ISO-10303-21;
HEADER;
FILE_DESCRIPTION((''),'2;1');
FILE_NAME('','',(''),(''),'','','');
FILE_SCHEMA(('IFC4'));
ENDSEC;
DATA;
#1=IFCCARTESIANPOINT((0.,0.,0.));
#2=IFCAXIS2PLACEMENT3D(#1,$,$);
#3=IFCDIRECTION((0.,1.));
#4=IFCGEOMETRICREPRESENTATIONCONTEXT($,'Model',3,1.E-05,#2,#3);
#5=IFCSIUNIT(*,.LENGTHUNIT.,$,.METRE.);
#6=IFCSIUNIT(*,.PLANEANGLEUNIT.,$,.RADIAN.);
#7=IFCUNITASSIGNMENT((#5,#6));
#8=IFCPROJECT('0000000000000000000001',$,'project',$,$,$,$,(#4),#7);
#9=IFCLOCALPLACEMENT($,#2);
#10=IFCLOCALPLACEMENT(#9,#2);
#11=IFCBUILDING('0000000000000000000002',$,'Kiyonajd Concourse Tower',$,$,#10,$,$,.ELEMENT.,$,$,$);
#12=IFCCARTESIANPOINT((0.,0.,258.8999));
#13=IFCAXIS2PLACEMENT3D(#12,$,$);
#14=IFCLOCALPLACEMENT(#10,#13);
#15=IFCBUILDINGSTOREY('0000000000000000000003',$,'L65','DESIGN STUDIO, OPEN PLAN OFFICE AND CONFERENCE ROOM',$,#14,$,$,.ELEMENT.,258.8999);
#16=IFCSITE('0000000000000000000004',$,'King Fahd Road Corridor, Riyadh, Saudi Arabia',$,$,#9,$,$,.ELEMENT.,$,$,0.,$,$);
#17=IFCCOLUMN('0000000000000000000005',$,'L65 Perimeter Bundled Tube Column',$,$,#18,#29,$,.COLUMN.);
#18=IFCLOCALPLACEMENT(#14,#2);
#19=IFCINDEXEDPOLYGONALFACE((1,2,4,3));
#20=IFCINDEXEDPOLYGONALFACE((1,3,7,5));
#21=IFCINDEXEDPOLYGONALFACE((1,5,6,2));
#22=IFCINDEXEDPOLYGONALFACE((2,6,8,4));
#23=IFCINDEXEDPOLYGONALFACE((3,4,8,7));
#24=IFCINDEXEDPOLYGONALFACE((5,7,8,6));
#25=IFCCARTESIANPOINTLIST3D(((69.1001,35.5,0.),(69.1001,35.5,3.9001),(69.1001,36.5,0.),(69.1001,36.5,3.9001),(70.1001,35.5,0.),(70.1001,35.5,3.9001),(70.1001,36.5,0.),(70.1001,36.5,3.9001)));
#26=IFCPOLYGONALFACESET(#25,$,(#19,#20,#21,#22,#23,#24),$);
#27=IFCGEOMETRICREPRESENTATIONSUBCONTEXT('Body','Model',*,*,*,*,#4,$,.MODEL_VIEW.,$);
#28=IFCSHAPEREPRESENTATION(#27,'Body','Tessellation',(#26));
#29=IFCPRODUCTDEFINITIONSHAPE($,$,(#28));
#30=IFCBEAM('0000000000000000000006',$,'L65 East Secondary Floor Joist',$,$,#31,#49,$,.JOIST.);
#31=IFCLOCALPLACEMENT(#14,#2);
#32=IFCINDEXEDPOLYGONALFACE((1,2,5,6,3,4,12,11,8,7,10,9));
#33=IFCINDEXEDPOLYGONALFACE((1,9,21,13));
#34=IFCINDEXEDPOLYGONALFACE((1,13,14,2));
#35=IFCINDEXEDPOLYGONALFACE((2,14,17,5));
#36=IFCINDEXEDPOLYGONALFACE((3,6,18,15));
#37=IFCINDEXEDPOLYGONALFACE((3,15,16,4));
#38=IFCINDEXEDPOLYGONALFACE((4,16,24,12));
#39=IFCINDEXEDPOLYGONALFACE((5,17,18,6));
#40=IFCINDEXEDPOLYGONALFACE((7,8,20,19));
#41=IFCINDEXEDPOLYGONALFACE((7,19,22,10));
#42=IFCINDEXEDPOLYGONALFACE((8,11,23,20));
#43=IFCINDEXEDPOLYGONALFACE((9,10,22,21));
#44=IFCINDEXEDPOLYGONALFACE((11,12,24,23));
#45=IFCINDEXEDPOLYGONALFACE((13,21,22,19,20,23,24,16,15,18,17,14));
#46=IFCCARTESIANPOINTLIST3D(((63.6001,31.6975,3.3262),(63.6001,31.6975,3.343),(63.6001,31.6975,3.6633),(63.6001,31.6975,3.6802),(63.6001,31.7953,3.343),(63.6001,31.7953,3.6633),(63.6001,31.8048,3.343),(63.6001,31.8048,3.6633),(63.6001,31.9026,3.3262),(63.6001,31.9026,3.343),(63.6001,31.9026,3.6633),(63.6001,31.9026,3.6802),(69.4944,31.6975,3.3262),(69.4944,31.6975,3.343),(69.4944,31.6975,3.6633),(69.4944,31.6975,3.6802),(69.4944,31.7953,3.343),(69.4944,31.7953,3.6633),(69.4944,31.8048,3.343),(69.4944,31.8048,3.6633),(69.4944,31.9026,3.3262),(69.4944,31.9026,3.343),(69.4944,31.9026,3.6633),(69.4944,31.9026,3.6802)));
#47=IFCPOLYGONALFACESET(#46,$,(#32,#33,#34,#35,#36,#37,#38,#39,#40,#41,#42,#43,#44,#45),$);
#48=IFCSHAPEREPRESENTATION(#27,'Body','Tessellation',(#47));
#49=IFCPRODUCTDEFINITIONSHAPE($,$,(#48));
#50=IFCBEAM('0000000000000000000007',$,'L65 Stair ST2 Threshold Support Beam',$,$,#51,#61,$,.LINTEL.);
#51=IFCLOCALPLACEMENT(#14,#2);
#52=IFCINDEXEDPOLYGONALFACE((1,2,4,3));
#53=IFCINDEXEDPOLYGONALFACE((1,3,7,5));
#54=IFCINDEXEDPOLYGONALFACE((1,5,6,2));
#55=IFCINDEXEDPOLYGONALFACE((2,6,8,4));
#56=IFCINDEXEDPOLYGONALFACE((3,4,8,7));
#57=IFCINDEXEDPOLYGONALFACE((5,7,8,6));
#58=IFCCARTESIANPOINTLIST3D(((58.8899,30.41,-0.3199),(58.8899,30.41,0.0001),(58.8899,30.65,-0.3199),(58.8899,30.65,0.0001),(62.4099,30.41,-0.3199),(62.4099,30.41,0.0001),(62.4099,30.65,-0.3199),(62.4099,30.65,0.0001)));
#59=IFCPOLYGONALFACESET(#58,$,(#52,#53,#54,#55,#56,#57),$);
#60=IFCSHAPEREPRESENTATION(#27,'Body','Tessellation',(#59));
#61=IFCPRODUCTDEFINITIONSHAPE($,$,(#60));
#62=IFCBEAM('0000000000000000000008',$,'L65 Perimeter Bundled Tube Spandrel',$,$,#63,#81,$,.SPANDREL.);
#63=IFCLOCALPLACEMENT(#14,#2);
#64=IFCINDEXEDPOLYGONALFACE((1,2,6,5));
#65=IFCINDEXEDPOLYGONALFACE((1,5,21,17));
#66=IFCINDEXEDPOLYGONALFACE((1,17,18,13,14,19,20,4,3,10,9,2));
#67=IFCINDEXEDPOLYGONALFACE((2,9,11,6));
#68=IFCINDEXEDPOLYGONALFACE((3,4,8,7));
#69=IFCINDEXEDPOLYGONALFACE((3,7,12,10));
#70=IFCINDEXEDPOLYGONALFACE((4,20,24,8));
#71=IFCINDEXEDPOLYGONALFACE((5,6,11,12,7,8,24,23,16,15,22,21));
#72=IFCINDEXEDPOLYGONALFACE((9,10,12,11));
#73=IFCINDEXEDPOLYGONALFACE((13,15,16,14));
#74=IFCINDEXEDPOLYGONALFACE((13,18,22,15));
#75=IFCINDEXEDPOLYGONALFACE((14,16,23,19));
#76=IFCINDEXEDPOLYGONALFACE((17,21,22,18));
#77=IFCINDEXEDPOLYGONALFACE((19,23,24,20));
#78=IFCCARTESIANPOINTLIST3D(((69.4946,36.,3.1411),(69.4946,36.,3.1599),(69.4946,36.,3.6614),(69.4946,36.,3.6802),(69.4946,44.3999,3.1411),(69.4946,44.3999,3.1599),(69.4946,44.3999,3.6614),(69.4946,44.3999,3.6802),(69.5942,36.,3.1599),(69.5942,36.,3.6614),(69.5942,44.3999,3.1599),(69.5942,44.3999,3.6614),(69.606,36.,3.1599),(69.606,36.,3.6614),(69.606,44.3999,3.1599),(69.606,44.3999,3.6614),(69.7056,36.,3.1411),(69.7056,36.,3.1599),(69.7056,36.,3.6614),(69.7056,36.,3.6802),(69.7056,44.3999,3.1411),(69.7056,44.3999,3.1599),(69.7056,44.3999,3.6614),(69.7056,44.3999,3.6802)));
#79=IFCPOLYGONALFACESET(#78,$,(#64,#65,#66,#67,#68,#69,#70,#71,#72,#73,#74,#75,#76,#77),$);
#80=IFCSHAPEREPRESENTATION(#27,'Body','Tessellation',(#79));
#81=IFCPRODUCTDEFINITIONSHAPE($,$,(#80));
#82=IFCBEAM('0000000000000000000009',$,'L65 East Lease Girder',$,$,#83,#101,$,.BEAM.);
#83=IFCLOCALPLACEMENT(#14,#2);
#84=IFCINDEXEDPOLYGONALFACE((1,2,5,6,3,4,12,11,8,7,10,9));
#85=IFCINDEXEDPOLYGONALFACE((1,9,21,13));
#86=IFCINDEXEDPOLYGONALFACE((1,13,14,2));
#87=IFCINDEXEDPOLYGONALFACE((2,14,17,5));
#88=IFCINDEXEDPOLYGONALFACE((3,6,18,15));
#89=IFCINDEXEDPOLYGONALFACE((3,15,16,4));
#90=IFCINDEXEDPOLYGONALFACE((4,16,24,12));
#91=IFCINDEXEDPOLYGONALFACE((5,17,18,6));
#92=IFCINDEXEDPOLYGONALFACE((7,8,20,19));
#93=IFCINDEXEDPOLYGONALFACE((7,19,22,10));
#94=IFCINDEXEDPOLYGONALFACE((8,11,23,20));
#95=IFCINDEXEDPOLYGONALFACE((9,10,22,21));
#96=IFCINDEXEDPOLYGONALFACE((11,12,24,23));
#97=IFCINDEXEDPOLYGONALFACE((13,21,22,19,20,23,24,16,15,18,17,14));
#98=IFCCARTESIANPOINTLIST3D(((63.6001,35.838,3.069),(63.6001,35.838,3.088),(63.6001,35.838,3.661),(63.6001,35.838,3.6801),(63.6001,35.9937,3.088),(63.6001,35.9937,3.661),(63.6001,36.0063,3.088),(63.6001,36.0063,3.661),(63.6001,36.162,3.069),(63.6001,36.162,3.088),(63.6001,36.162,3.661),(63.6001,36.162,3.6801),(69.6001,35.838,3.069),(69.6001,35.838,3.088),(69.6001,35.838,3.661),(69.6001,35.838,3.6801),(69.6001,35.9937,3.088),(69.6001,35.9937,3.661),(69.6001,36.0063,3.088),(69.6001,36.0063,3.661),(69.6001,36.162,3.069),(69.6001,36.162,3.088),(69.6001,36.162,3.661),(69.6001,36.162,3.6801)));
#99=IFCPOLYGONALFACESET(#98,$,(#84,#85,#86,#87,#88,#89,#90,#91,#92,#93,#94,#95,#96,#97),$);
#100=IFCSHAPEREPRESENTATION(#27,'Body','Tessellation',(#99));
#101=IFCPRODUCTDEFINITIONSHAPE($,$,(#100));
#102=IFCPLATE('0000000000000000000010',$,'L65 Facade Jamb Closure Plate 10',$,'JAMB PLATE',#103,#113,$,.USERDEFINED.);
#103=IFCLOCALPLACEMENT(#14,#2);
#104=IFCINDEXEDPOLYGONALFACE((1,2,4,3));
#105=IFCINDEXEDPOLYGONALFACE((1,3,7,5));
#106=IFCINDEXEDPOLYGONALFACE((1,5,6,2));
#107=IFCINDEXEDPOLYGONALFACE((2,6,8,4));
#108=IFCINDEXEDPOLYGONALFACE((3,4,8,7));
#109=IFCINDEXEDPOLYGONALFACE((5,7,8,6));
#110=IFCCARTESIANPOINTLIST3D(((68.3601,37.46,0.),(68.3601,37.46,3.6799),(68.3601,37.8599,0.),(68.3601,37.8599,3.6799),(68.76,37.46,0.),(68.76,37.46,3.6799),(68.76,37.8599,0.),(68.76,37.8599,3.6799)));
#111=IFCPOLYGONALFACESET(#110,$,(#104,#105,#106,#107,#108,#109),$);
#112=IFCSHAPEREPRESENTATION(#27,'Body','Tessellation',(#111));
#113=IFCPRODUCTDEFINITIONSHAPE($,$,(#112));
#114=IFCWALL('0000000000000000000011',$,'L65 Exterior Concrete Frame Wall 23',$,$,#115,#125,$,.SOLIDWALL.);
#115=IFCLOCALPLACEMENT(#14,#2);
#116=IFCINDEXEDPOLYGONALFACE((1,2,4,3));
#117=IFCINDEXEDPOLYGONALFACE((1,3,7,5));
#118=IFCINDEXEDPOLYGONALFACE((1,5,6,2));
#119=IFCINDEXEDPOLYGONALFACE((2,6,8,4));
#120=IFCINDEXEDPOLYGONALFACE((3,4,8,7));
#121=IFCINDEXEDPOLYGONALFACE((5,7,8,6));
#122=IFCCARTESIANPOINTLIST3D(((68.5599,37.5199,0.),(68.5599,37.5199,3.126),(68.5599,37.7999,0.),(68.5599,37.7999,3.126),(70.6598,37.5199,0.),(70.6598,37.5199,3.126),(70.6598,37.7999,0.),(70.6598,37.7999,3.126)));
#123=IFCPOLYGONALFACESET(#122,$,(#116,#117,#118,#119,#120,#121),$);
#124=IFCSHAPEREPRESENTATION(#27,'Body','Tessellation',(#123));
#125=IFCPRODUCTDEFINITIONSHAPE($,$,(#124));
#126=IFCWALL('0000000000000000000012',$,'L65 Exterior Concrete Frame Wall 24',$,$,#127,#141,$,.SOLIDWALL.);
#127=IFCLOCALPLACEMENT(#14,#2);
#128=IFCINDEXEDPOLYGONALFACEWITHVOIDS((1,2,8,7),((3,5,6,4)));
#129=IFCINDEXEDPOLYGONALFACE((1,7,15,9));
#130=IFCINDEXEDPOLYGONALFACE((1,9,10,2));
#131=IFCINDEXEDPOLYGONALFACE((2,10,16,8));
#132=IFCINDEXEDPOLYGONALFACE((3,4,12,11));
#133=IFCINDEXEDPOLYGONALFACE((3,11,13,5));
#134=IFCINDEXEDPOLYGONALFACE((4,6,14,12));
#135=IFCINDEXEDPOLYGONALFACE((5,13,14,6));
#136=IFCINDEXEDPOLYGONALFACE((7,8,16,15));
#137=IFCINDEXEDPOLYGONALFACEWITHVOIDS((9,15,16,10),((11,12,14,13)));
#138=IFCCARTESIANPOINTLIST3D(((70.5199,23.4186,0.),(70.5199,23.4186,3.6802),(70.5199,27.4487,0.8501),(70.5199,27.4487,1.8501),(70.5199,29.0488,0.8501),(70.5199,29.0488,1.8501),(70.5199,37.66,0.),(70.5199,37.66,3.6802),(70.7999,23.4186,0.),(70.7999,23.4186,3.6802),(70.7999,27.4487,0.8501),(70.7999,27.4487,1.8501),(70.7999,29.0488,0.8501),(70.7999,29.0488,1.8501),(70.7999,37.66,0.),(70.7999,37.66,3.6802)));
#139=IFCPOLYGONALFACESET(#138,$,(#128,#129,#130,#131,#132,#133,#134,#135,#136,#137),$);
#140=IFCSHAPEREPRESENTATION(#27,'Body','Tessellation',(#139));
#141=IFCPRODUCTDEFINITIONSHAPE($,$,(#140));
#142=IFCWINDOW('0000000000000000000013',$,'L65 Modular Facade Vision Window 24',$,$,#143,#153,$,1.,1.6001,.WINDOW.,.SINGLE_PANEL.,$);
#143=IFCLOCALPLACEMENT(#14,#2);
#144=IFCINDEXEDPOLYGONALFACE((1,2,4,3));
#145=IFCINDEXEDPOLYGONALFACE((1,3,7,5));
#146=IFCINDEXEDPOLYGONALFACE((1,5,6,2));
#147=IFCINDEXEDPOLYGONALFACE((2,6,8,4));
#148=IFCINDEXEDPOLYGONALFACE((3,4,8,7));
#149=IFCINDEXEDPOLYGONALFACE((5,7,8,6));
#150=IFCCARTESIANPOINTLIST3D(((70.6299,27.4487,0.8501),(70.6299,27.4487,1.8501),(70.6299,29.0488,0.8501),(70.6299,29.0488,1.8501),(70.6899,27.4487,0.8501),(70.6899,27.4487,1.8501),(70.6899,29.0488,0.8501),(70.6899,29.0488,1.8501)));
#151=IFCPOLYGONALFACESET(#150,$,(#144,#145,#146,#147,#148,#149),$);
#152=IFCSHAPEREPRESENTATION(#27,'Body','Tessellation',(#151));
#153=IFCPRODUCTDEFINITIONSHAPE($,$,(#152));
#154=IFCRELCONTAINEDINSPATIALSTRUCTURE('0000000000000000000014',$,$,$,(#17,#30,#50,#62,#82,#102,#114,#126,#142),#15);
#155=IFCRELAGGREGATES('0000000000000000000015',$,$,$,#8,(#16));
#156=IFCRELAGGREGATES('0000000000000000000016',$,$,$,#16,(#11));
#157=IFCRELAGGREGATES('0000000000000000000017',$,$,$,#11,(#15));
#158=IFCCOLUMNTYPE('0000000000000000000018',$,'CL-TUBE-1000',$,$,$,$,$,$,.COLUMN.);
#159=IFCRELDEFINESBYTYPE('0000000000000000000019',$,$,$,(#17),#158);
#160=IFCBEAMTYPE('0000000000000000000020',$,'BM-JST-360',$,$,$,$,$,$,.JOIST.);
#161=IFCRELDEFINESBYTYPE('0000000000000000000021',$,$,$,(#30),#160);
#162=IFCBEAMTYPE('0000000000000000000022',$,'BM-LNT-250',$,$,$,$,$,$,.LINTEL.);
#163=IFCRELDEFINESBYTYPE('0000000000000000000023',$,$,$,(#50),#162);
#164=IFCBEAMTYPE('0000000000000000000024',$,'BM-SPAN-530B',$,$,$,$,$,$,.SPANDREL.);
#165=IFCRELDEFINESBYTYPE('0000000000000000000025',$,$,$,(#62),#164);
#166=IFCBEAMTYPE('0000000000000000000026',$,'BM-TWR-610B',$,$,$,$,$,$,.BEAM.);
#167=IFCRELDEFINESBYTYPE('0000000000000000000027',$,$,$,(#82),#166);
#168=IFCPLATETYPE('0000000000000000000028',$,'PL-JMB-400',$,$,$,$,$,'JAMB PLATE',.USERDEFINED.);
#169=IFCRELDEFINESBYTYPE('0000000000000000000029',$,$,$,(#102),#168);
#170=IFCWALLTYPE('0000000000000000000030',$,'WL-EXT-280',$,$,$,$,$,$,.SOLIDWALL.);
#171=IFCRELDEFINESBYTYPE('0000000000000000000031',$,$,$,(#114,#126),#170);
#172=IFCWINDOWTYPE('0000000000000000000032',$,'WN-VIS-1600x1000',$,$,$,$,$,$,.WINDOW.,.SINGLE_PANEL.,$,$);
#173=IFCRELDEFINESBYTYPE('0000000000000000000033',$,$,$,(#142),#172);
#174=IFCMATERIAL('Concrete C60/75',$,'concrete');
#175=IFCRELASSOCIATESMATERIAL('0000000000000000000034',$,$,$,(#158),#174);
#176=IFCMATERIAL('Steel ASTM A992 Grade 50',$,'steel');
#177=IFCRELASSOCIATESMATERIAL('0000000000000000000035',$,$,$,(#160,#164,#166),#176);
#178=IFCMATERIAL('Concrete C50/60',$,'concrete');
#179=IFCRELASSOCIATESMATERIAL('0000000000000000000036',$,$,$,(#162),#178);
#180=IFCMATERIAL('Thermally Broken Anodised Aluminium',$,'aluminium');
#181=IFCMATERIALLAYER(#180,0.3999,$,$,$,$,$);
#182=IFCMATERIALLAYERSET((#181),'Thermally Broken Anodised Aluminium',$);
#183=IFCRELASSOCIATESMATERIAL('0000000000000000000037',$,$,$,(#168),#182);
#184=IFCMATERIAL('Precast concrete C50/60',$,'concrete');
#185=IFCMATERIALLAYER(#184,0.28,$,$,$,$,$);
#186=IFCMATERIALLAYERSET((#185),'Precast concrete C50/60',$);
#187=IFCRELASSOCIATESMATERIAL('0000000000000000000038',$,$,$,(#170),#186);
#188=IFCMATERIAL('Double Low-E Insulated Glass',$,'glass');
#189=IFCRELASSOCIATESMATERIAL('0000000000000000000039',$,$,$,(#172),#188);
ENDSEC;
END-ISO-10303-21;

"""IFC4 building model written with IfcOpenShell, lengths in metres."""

from ifc_helpers import new_model, si_unit, direction, frame, frame_2d, origin, origin_2d, place, context, subcontext, project, spatial, rectangle, i_section, extrude, material, layer, layer_set, material_profile, profile_set, type_object, element, fill, save


model = new_model("IFC4")

# Units and contexts
model_context = context("Model", 3, precision=1e-05, world=origin(), true_north=direction((0.0, 1.0)))
body_context = subcontext(model_context, "Body", "Model", "MODEL_VIEW")
ifc_project = project(units=[si_unit("LENGTHUNIT", "METRE"), si_unit("PLANEANGLEUNIT", "RADIAN")], contexts=[model_context])

# Site, building, storey
site_placement = place(None, origin())
site = spatial("IfcSite", under=ifc_project, at=site_placement, Name="King Fahd Road Corridor, Riyadh, Saudi Arabia", CompositionType="ELEMENT", RefElevation=0.0)
building_placement = place(site_placement, origin())
building = spatial("IfcBuilding", under=site, at=building_placement, Name="Kiyonajd Concourse Tower", CompositionType="ELEMENT")
storey_placement = place(building_placement, frame((0.0, 0.0, 258.8999)))
storey = spatial("IfcBuildingStorey", under=building, at=storey_placement, Name="L65", Description="DESIGN STUDIO, OPEN PLAN OFFICE AND CONFERENCE ROOM", CompositionType="ELEMENT", Elevation=258.8999)

# Column
ifc_material_1 = material(Name="Concrete C60/75", Category="concrete")
ifc_material_profile_1 = material_profile(ifc_material_1, rectangle(XDim=1.0, YDim=1.0, at=origin_2d()), Name="RC-1000x1000")
ifc_profile_set_1 = profile_set([ifc_material_profile_1], Name="Concrete C60/75")
column_type = type_object("IfcColumnType", Name="CL-TUBE-1000", PredefinedType="COLUMN", material=ifc_profile_set_1)
column_placement = place(storey_placement, frame((69.6001, 36.0, 0.0), z_axis=(0.0, 0.0, 1.0), x_axis=(1.0, 0.0, 0.0)))
element("IfcColumn", 1, at=column_placement, inside=storey, type_object=column_type, Name="L65 Perimeter Bundled Tube Column", PredefinedType="COLUMN", context=body_context, shape_type="SweptSolid", body=[
    extrude(rectangle(XDim=1.0, YDim=1.0, at=origin_2d()), origin(), (0.0, 0.0, 1.0), 3.9001),
])

# Beams
ifc_material_2 = material(Name="Steel ASTM A992 Grade 50", Category="steel")
ifc_material_profile_2 = material_profile(ifc_material_2, i_section(OverallWidth=0.2051, OverallDepth=0.354, WebThickness=0.0095, FlangeThickness=0.0168, at=origin_2d()), Name="W360X79")
ifc_profile_set_2 = profile_set([ifc_material_profile_2], Name="Steel ASTM A992 Grade 50")
beam_type_1 = type_object("IfcBeamType", Name="BM-JST-360", PredefinedType="JOIST", material=ifc_profile_set_2)
beam_1_placement = place(storey_placement, frame((63.6001, 31.8, 3.5032), z_axis=(1.0, 0.0, 0.0), x_axis=(0.0, 1.0, 0.0)))
element("IfcBeam", 2, at=beam_1_placement, inside=storey, type_object=beam_type_1, Name="L65 East Secondary Floor Joist", PredefinedType="JOIST", context=body_context, shape_type="SweptSolid", body=[
    extrude(i_section(OverallWidth=0.2051, OverallDepth=0.354, WebThickness=0.0095, FlangeThickness=0.0168, at=origin_2d()), origin(), (0.0, 0.0, 1.0), 5.8943),
])
ifc_material_3 = material(Name="Concrete C50/60", Category="concrete")
ifc_material_profile_3 = material_profile(ifc_material_3, rectangle(XDim=0.24, YDim=0.3201, at=origin_2d()), Name="RCBM-240x320")
ifc_profile_set_3 = profile_set([ifc_material_profile_3], Name="Concrete C50/60")
beam_type_2 = type_object("IfcBeamType", Name="BM-LNT-250", PredefinedType="LINTEL", material=ifc_profile_set_3)
beam_2_placement = place(storey_placement, frame((58.8899, 30.53, -0.1599), z_axis=(1.0, 0.0, 0.0), x_axis=(0.0, 1.0, 0.0)))
element("IfcBeam", 3, at=beam_2_placement, inside=storey, type_object=beam_type_2, Name="L65 Stair ST2 Threshold Support Beam", PredefinedType="LINTEL", context=body_context, shape_type="SweptSolid", body=[
    extrude(rectangle(XDim=0.24, YDim=0.3201, at=origin_2d()), origin(), (0.0, 0.0, 1.0), 3.52),
])
ifc_material_profile_4 = material_profile(ifc_material_2, i_section(OverallWidth=0.2109, OverallDepth=0.5391, WebThickness=0.0117, FlangeThickness=0.0188, at=origin_2d()), Name="W530X109")
ifc_profile_set_4 = profile_set([ifc_material_profile_4], Name="Steel ASTM A992 Grade 50")
beam_type_3 = type_object("IfcBeamType", Name="BM-SPAN-530B", PredefinedType="SPANDREL", material=ifc_profile_set_4)
beam_3_placement = place(storey_placement, frame((69.6001, 36.0, 3.4106), z_axis=(0.0, 1.0, 0.0), x_axis=(-1.0, 0.0, 0.0)))
element("IfcBeam", 4, at=beam_3_placement, inside=storey, type_object=beam_type_3, Name="L65 Perimeter Bundled Tube Spandrel", PredefinedType="SPANDREL", context=body_context, shape_type="SweptSolid", body=[
    extrude(i_section(OverallWidth=0.2109, OverallDepth=0.5391, WebThickness=0.0117, FlangeThickness=0.0188, at=origin_2d()), origin(), (0.0, 0.0, 1.0), 8.3999),
])
ifc_material_profile_5 = material_profile(ifc_material_2, i_section(OverallWidth=0.324, OverallDepth=0.6111, WebThickness=0.0127, FlangeThickness=0.019, at=origin_2d()), Name="W610X155")
ifc_profile_set_5 = profile_set([ifc_material_profile_5], Name="Steel ASTM A992 Grade 50")
beam_type_4 = type_object("IfcBeamType", Name="BM-TWR-610B", PredefinedType="BEAM", material=ifc_profile_set_5)
beam_4_placement = place(storey_placement, frame((63.6001, 36.0, 3.3745), z_axis=(1.0, 0.0, 0.0), x_axis=(0.0, 1.0, 0.0)))
element("IfcBeam", 5, at=beam_4_placement, inside=storey, type_object=beam_type_4, Name="L65 East Lease Girder", PredefinedType="BEAM", context=body_context, shape_type="SweptSolid", body=[
    extrude(i_section(OverallWidth=0.324, OverallDepth=0.6111, WebThickness=0.0127, FlangeThickness=0.019, at=origin_2d()), origin(), (0.0, 0.0, 1.0), 6.0),
])

# Plate
ifc_material_4 = material(Name="Thermally Broken Anodised Aluminium", Category="aluminium")
ifc_layer_1 = layer(ifc_material_4, 0.3999)
ifc_layer_set_1 = layer_set([ifc_layer_1], Name="Thermally Broken Anodised Aluminium")
plate_type = type_object("IfcPlateType", Name="PL-JMB-400", ElementType="JAMB PLATE", PredefinedType="USERDEFINED", material=ifc_layer_set_1)
plate_placement = place(storey_placement, frame((68.5601, 37.6599, 0.0), z_axis=(0.0, 0.0, 1.0), x_axis=(1.0, 0.0, 0.0)))
element("IfcPlate", 6, at=plate_placement, inside=storey, type_object=plate_type, Name="L65 Facade Jamb Closure Plate 10", ObjectType="JAMB PLATE", PredefinedType="USERDEFINED", context=body_context, shape_type="SweptSolid", body=[
    extrude(rectangle(XDim=0.3999, YDim=0.3999, at=origin_2d()), origin(), (0.0, 0.0, 1.0), 3.6799),
])

# Wall
ifc_material_5 = material(Name="Precast concrete C50/60", Category="concrete")
ifc_layer_2 = layer(ifc_material_5, 0.28)
ifc_layer_set_2 = layer_set([ifc_layer_2], Name="Precast concrete C50/60")
wall_type_1 = type_object("IfcWallType", Name="WL-EXT-280", PredefinedType="SOLIDWALL", material=ifc_layer_set_2)
wall_1_placement = place(storey_placement, frame((68.5601, 37.6599, 0.0), z_axis=(0.0, 0.0, 1.0), x_axis=(1.0, 0.0, 0.0)))
element("IfcWall", 7, at=wall_1_placement, inside=storey, type_object=wall_type_1, Name="L65 Exterior Concrete Frame Wall 23", PredefinedType="SOLIDWALL", context=body_context, shape_type="SweptSolid", body=[
    extrude(rectangle(XDim=2.0999, YDim=0.28, at=frame_2d((1.0498, 0.0))), origin(), (0.0, 0.0, 1.0), 3.126),
])

# Wall, opening, window
wall_2_placement = place(storey_placement, frame((70.6599, 37.6599, 0.0), z_axis=(0.0, 0.0, 1.0), x_axis=(0.0, -1.0, 0.0)))
wall_2 = element("IfcWall", 8, at=wall_2_placement, inside=storey, type_object=wall_type_1, Name="L65 Exterior Concrete Frame Wall 24", PredefinedType="SOLIDWALL", context=body_context, shape_type="SweptSolid", body=[
    extrude(rectangle(XDim=14.2415, YDim=0.28, at=frame_2d((7.1206, 0.0))), origin(), (0.0, 0.0, 1.0), 3.6802),
])
opening_1_placement = place(wall_2_placement, frame((8.6111, 0.0, 0.8501)))
opening_1 = element("IfcOpeningElement", 9, at=opening_1_placement, cuts=wall_2, PredefinedType="OPENING", context=body_context, shape_type="SweptSolid", body=[
    extrude(rectangle(XDim=1.6001, YDim=1.0, at=frame_2d((0.8, 0.5))), frame((0.0, 0.1499, 0.0), z_axis=(0.0, -1.0, 0.0), x_axis=(1.0, 0.0, 0.0)), (0.0, 0.0, 1.0), 0.3),
])
ifc_material_6 = material(Name="Double Low-E Insulated Glass", Category="glass")
window_type = type_object("IfcWindowType", Name="WN-VIS-1600x1000", PartitioningType="SINGLE_PANEL", PredefinedType="WINDOW", material=ifc_material_6)
window_placement = place(opening_1_placement, origin())
window = element("IfcWindow", 10, at=window_placement, inside=storey, type_object=window_type, Name="L65 Modular Facade Vision Window 24", OverallHeight=1.0, OverallWidth=1.6001, PartitioningType="SINGLE_PANEL", PredefinedType="WINDOW", context=body_context, shape_type="SweptSolid", body=[
    extrude(rectangle(XDim=1.6001, YDim=1.0, at=frame_2d((0.8, 0.5))), frame((0.0, 0.03, 0.0), z_axis=(0.0, -1.0, 0.0), x_axis=(1.0, 0.0, 0.0)), (0.0, 0.0, 1.0), 0.0601),
])
fill(opening_1, window)

save(model, "model.ifc")
